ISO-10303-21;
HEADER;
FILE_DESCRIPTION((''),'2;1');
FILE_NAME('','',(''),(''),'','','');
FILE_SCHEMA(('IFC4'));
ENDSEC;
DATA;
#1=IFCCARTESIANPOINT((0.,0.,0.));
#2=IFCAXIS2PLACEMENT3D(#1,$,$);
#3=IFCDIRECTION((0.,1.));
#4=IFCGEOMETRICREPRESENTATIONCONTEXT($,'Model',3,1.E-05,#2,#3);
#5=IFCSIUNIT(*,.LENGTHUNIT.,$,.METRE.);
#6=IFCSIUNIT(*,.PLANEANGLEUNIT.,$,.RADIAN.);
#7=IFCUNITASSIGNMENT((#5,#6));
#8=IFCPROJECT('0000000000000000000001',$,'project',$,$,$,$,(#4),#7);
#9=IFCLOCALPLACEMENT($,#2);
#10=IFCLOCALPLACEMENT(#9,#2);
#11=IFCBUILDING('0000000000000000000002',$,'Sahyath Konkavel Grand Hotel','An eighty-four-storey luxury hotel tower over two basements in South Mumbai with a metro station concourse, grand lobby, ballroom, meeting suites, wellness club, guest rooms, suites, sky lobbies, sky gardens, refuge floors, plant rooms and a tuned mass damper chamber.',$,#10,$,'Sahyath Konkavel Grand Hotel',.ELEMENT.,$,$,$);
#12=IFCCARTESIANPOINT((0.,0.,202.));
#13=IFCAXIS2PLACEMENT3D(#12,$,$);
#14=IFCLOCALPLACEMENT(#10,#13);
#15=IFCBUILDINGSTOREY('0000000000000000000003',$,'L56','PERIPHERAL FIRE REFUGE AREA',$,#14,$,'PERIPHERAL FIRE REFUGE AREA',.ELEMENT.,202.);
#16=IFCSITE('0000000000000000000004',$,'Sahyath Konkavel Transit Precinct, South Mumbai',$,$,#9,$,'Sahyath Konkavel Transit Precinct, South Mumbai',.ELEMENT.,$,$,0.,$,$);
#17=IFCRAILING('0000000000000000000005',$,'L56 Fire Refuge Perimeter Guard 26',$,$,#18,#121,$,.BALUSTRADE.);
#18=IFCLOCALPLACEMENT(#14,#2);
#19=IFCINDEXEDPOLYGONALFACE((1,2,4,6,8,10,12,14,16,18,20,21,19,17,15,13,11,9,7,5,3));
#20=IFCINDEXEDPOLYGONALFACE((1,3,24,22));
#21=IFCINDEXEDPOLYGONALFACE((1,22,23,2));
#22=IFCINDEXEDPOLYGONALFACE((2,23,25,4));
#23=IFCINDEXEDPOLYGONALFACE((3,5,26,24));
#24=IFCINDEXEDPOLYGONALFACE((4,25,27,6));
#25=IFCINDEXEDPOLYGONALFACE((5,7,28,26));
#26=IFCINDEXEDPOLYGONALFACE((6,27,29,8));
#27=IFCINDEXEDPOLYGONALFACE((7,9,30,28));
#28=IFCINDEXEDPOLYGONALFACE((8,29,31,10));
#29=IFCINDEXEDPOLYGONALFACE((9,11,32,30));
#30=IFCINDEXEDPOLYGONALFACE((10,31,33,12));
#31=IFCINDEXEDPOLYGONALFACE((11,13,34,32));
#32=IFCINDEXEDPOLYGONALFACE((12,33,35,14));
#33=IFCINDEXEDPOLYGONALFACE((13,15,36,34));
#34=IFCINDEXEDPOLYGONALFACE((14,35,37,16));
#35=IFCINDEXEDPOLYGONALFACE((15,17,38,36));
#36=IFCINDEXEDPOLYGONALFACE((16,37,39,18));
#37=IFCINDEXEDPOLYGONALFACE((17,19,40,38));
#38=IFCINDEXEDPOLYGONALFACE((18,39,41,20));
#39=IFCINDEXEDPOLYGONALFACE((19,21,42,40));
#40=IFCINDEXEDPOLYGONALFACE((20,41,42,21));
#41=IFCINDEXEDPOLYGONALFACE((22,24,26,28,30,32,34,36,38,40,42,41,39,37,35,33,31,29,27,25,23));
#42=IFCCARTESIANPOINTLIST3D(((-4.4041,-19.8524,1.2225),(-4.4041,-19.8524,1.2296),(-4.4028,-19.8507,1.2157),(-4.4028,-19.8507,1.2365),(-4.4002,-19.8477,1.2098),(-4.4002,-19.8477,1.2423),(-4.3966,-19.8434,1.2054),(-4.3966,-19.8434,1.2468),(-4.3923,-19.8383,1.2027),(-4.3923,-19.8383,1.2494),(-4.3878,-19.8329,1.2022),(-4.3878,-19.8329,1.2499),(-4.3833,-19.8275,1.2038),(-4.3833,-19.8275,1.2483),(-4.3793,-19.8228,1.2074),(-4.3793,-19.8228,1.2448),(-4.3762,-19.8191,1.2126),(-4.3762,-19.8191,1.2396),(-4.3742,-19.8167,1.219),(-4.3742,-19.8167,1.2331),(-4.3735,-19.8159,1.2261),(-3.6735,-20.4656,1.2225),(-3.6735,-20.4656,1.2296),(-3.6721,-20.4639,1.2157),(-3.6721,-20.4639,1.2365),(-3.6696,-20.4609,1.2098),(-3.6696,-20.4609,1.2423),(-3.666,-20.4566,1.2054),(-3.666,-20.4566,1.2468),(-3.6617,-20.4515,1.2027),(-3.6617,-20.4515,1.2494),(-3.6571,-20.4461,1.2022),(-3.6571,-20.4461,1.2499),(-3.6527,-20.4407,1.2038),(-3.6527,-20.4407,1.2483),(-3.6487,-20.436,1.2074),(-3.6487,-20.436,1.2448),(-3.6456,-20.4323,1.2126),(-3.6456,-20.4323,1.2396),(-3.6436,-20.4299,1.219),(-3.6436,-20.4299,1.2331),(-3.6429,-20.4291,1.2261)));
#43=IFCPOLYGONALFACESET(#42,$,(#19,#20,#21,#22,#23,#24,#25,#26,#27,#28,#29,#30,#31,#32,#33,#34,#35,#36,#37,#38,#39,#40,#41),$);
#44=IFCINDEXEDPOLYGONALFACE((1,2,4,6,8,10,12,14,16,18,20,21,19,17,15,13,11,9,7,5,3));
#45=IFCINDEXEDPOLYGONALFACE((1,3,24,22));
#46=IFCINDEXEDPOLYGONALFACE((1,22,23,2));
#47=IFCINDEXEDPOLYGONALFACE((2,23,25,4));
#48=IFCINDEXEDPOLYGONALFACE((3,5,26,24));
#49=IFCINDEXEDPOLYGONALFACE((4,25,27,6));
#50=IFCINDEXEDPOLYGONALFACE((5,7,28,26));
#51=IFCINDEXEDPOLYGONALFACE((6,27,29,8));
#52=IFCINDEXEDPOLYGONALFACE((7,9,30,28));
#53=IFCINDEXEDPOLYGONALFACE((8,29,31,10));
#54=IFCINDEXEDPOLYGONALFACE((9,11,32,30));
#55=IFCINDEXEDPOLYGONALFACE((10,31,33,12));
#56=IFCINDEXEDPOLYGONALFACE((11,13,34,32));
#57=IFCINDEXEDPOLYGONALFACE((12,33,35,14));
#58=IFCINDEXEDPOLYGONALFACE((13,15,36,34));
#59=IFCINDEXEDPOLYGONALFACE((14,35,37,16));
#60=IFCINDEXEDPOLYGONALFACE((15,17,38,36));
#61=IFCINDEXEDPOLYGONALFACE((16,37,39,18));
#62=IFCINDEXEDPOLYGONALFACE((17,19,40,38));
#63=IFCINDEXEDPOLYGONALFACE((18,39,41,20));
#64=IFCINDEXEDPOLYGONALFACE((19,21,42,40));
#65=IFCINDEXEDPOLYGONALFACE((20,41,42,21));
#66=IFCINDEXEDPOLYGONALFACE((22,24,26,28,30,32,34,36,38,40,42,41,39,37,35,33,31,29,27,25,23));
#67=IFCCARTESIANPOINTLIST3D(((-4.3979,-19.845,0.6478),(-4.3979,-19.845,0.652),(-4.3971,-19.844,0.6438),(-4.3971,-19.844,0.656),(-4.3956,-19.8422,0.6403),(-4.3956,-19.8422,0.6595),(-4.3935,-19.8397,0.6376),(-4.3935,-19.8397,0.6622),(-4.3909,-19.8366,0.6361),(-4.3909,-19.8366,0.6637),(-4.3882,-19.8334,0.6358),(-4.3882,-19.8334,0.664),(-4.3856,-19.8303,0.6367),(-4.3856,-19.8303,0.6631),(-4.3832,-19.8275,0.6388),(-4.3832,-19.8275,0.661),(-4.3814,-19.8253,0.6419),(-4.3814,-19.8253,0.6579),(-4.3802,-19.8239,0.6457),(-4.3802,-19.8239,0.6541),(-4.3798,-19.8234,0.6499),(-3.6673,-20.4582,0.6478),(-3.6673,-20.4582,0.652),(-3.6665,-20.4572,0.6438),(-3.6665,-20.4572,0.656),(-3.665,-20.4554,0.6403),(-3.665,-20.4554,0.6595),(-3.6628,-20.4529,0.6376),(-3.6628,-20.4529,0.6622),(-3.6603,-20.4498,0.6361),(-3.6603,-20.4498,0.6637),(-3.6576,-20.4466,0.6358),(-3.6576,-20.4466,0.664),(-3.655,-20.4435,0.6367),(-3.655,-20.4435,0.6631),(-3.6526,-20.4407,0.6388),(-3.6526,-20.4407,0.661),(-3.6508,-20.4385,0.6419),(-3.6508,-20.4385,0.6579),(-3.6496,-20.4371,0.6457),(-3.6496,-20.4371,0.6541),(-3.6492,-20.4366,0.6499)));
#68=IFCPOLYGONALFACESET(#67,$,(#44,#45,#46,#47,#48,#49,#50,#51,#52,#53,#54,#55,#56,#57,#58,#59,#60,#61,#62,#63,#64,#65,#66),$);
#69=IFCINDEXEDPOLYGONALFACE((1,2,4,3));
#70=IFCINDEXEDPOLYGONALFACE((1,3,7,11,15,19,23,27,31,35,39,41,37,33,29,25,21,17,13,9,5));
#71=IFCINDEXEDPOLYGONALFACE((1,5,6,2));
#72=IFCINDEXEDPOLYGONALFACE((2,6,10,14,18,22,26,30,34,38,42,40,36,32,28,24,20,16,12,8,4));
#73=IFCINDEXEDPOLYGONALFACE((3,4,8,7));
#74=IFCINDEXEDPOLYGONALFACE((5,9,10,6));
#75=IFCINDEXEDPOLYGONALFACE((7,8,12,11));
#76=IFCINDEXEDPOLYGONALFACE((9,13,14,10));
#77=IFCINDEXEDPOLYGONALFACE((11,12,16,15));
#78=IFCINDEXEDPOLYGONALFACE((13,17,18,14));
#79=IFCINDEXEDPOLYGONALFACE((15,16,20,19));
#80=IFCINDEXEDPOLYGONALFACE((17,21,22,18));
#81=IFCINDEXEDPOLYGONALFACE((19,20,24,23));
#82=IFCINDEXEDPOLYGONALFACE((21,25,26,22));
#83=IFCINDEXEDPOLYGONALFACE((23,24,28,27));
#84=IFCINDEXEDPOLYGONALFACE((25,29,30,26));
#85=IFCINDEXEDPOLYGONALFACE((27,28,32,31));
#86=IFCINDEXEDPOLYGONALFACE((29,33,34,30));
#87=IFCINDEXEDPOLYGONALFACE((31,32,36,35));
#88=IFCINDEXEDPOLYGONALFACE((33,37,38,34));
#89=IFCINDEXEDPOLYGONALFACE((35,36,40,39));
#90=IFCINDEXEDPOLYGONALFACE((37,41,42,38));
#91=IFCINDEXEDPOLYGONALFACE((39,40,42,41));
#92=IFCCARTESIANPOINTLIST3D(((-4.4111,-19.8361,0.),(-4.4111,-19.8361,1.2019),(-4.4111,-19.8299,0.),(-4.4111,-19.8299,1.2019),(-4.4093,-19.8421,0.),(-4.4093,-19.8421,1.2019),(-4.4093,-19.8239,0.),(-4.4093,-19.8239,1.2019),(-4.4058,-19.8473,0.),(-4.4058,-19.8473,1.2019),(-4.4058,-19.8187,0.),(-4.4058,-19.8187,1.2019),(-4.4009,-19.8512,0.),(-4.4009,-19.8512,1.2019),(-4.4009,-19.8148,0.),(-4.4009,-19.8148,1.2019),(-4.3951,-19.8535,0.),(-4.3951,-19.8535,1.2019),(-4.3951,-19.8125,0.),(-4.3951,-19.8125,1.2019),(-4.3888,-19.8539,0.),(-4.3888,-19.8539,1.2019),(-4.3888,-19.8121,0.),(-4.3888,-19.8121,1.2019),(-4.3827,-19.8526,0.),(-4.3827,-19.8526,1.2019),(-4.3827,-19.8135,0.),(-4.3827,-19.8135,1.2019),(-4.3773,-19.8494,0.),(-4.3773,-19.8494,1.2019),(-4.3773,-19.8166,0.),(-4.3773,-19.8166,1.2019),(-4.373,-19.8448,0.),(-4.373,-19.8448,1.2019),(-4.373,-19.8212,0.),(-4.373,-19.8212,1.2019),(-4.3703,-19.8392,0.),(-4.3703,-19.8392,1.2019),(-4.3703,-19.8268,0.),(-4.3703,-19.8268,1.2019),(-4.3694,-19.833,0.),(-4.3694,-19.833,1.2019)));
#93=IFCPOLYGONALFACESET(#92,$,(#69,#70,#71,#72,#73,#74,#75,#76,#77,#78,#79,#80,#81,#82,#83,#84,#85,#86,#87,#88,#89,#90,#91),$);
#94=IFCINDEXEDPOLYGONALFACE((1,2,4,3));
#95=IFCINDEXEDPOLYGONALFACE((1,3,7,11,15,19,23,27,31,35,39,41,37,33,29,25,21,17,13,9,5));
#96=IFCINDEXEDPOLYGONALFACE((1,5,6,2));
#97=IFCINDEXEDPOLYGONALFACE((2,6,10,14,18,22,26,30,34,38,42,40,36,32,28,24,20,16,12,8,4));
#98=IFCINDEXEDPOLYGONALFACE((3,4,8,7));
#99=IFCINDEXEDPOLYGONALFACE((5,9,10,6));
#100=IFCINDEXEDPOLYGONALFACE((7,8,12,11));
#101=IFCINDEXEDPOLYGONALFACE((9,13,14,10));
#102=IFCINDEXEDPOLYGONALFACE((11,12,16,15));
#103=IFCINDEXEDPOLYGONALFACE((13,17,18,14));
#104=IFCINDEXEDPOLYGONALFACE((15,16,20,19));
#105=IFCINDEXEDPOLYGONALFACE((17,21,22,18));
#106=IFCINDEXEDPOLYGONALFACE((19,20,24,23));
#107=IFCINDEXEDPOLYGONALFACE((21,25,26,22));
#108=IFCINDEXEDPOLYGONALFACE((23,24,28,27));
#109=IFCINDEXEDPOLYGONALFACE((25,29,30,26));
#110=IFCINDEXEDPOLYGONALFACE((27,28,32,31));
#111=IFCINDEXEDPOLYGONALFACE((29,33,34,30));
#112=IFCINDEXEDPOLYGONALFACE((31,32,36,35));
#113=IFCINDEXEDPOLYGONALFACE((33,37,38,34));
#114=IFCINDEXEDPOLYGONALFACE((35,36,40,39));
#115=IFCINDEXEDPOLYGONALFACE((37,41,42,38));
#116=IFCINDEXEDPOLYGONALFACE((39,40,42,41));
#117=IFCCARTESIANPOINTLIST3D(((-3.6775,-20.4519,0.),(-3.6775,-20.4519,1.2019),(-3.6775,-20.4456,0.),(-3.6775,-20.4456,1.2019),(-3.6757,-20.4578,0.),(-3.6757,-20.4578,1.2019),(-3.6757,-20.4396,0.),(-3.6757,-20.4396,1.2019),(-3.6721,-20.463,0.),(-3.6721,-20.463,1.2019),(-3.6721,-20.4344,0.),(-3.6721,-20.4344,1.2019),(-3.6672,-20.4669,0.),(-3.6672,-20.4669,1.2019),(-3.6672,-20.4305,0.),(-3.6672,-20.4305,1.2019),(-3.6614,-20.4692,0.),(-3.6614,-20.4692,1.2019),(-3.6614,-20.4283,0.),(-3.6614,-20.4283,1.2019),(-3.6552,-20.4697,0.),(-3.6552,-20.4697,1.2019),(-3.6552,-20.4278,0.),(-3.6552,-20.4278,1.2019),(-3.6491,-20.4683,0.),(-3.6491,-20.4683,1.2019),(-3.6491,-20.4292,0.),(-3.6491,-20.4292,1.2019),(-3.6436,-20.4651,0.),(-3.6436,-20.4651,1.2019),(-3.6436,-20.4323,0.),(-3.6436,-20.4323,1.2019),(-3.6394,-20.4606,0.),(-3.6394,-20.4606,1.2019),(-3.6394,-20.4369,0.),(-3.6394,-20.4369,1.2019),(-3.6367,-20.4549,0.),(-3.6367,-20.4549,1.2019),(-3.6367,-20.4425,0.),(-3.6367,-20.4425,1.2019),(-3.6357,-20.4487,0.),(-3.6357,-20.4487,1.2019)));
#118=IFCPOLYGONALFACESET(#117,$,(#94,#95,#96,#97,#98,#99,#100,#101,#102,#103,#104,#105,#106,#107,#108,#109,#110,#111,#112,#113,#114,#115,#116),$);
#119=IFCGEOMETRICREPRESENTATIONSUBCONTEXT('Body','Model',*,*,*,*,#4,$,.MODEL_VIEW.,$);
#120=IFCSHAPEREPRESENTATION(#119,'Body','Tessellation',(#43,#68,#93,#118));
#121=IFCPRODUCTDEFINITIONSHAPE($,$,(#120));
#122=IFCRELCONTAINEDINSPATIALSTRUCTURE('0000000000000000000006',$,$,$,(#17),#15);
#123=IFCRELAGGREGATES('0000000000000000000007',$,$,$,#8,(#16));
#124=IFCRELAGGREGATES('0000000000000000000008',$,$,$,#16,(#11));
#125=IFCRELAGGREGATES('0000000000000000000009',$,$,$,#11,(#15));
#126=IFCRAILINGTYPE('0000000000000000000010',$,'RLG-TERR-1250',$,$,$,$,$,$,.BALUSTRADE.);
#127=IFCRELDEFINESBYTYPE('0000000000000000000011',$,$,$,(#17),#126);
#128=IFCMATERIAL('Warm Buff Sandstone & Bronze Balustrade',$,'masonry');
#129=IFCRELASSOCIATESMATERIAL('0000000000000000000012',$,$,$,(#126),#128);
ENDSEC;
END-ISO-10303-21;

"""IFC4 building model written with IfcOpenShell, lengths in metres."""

from ifc_helpers import new_model, si_unit, direction, frame, origin, origin_2d, place, context, subcontext, project, spatial, circle, extrude, material, type_object, element, save


model = new_model("IFC4")

# Units and contexts
model_context = context("Model", 3, precision=1e-05, world=origin(), true_north=direction((0.0, 1.0)))
body_context = subcontext(model_context, "Body", "Model", "MODEL_VIEW")
ifc_project = project(units=[si_unit("LENGTHUNIT", "METRE"), si_unit("PLANEANGLEUNIT", "RADIAN")], contexts=[model_context])

# Site, building, storey
site_placement = place(None, origin())
site = spatial("IfcSite", under=ifc_project, at=site_placement, Name="Sahyath Konkavel Transit Precinct, South Mumbai", LongName="Sahyath Konkavel Transit Precinct, South Mumbai", CompositionType="ELEMENT", RefElevation=0.0)
building_placement = place(site_placement, origin())
building = spatial("IfcBuilding", under=site, at=building_placement, Name="Sahyath Konkavel Grand Hotel", Description="An eighty-four-storey luxury hotel tower over two basements in South Mumbai with a metro station concourse, grand lobby, ballroom, meeting suites, wellness club, guest rooms, suites, sky lobbies, sky gardens, refuge floors, plant rooms and a tuned mass damper chamber.", LongName="Sahyath Konkavel Grand Hotel", CompositionType="ELEMENT")
storey_placement = place(building_placement, frame((0.0, 0.0, 202.0)))
storey = spatial("IfcBuildingStorey", under=building, at=storey_placement, Name="L56", Description="PERIPHERAL FIRE REFUGE AREA", LongName="PERIPHERAL FIRE REFUGE AREA", CompositionType="ELEMENT", Elevation=202.0)

# Railing
ifc_material_1 = material(Name="Warm Buff Sandstone & Bronze Balustrade", Category="masonry")
railing_type = type_object("IfcRailingType", Name="RLG-TERR-1250", PredefinedType="BALUSTRADE", material=ifc_material_1)
railing_1_placement = place(storey_placement, frame((-4.3904, -19.833, 0.0)))
element("IfcRailing", 1, at=railing_1_placement, inside=storey, type_object=railing_type, Name="L56 Fire Refuge Perimeter Guard 26", PredefinedType="BALUSTRADE", context=body_context, shape_type="SweptSolid", body=[
    extrude(circle(Radius=0.0239, at=origin_2d()), frame((0.0015, -0.0012, 1.2261), z_axis=(0.765981, -0.642863, 0.0), x_axis=(0.642863, 0.765981, 0.0)), (0.0, 0.0, 1.0), 0.9539),
    extrude(circle(Radius=0.0142, at=origin_2d()), frame((0.0015, -0.0012, 0.6499), z_axis=(0.765981, -0.642863, 0.0), x_axis=(0.642863, 0.765981, 0.0)), (0.0, 0.0, 1.0), 0.9539),
    extrude(circle(Radius=0.021, at=origin_2d()), origin(), (0.0, 0.0, 1.0), 1.2019),
    extrude(circle(Radius=0.021, at=origin_2d()), frame((0.7336, -0.6157, 0.0)), (0.0, 0.0, 1.0), 1.2019),
])

save(model, "model.ifc")
